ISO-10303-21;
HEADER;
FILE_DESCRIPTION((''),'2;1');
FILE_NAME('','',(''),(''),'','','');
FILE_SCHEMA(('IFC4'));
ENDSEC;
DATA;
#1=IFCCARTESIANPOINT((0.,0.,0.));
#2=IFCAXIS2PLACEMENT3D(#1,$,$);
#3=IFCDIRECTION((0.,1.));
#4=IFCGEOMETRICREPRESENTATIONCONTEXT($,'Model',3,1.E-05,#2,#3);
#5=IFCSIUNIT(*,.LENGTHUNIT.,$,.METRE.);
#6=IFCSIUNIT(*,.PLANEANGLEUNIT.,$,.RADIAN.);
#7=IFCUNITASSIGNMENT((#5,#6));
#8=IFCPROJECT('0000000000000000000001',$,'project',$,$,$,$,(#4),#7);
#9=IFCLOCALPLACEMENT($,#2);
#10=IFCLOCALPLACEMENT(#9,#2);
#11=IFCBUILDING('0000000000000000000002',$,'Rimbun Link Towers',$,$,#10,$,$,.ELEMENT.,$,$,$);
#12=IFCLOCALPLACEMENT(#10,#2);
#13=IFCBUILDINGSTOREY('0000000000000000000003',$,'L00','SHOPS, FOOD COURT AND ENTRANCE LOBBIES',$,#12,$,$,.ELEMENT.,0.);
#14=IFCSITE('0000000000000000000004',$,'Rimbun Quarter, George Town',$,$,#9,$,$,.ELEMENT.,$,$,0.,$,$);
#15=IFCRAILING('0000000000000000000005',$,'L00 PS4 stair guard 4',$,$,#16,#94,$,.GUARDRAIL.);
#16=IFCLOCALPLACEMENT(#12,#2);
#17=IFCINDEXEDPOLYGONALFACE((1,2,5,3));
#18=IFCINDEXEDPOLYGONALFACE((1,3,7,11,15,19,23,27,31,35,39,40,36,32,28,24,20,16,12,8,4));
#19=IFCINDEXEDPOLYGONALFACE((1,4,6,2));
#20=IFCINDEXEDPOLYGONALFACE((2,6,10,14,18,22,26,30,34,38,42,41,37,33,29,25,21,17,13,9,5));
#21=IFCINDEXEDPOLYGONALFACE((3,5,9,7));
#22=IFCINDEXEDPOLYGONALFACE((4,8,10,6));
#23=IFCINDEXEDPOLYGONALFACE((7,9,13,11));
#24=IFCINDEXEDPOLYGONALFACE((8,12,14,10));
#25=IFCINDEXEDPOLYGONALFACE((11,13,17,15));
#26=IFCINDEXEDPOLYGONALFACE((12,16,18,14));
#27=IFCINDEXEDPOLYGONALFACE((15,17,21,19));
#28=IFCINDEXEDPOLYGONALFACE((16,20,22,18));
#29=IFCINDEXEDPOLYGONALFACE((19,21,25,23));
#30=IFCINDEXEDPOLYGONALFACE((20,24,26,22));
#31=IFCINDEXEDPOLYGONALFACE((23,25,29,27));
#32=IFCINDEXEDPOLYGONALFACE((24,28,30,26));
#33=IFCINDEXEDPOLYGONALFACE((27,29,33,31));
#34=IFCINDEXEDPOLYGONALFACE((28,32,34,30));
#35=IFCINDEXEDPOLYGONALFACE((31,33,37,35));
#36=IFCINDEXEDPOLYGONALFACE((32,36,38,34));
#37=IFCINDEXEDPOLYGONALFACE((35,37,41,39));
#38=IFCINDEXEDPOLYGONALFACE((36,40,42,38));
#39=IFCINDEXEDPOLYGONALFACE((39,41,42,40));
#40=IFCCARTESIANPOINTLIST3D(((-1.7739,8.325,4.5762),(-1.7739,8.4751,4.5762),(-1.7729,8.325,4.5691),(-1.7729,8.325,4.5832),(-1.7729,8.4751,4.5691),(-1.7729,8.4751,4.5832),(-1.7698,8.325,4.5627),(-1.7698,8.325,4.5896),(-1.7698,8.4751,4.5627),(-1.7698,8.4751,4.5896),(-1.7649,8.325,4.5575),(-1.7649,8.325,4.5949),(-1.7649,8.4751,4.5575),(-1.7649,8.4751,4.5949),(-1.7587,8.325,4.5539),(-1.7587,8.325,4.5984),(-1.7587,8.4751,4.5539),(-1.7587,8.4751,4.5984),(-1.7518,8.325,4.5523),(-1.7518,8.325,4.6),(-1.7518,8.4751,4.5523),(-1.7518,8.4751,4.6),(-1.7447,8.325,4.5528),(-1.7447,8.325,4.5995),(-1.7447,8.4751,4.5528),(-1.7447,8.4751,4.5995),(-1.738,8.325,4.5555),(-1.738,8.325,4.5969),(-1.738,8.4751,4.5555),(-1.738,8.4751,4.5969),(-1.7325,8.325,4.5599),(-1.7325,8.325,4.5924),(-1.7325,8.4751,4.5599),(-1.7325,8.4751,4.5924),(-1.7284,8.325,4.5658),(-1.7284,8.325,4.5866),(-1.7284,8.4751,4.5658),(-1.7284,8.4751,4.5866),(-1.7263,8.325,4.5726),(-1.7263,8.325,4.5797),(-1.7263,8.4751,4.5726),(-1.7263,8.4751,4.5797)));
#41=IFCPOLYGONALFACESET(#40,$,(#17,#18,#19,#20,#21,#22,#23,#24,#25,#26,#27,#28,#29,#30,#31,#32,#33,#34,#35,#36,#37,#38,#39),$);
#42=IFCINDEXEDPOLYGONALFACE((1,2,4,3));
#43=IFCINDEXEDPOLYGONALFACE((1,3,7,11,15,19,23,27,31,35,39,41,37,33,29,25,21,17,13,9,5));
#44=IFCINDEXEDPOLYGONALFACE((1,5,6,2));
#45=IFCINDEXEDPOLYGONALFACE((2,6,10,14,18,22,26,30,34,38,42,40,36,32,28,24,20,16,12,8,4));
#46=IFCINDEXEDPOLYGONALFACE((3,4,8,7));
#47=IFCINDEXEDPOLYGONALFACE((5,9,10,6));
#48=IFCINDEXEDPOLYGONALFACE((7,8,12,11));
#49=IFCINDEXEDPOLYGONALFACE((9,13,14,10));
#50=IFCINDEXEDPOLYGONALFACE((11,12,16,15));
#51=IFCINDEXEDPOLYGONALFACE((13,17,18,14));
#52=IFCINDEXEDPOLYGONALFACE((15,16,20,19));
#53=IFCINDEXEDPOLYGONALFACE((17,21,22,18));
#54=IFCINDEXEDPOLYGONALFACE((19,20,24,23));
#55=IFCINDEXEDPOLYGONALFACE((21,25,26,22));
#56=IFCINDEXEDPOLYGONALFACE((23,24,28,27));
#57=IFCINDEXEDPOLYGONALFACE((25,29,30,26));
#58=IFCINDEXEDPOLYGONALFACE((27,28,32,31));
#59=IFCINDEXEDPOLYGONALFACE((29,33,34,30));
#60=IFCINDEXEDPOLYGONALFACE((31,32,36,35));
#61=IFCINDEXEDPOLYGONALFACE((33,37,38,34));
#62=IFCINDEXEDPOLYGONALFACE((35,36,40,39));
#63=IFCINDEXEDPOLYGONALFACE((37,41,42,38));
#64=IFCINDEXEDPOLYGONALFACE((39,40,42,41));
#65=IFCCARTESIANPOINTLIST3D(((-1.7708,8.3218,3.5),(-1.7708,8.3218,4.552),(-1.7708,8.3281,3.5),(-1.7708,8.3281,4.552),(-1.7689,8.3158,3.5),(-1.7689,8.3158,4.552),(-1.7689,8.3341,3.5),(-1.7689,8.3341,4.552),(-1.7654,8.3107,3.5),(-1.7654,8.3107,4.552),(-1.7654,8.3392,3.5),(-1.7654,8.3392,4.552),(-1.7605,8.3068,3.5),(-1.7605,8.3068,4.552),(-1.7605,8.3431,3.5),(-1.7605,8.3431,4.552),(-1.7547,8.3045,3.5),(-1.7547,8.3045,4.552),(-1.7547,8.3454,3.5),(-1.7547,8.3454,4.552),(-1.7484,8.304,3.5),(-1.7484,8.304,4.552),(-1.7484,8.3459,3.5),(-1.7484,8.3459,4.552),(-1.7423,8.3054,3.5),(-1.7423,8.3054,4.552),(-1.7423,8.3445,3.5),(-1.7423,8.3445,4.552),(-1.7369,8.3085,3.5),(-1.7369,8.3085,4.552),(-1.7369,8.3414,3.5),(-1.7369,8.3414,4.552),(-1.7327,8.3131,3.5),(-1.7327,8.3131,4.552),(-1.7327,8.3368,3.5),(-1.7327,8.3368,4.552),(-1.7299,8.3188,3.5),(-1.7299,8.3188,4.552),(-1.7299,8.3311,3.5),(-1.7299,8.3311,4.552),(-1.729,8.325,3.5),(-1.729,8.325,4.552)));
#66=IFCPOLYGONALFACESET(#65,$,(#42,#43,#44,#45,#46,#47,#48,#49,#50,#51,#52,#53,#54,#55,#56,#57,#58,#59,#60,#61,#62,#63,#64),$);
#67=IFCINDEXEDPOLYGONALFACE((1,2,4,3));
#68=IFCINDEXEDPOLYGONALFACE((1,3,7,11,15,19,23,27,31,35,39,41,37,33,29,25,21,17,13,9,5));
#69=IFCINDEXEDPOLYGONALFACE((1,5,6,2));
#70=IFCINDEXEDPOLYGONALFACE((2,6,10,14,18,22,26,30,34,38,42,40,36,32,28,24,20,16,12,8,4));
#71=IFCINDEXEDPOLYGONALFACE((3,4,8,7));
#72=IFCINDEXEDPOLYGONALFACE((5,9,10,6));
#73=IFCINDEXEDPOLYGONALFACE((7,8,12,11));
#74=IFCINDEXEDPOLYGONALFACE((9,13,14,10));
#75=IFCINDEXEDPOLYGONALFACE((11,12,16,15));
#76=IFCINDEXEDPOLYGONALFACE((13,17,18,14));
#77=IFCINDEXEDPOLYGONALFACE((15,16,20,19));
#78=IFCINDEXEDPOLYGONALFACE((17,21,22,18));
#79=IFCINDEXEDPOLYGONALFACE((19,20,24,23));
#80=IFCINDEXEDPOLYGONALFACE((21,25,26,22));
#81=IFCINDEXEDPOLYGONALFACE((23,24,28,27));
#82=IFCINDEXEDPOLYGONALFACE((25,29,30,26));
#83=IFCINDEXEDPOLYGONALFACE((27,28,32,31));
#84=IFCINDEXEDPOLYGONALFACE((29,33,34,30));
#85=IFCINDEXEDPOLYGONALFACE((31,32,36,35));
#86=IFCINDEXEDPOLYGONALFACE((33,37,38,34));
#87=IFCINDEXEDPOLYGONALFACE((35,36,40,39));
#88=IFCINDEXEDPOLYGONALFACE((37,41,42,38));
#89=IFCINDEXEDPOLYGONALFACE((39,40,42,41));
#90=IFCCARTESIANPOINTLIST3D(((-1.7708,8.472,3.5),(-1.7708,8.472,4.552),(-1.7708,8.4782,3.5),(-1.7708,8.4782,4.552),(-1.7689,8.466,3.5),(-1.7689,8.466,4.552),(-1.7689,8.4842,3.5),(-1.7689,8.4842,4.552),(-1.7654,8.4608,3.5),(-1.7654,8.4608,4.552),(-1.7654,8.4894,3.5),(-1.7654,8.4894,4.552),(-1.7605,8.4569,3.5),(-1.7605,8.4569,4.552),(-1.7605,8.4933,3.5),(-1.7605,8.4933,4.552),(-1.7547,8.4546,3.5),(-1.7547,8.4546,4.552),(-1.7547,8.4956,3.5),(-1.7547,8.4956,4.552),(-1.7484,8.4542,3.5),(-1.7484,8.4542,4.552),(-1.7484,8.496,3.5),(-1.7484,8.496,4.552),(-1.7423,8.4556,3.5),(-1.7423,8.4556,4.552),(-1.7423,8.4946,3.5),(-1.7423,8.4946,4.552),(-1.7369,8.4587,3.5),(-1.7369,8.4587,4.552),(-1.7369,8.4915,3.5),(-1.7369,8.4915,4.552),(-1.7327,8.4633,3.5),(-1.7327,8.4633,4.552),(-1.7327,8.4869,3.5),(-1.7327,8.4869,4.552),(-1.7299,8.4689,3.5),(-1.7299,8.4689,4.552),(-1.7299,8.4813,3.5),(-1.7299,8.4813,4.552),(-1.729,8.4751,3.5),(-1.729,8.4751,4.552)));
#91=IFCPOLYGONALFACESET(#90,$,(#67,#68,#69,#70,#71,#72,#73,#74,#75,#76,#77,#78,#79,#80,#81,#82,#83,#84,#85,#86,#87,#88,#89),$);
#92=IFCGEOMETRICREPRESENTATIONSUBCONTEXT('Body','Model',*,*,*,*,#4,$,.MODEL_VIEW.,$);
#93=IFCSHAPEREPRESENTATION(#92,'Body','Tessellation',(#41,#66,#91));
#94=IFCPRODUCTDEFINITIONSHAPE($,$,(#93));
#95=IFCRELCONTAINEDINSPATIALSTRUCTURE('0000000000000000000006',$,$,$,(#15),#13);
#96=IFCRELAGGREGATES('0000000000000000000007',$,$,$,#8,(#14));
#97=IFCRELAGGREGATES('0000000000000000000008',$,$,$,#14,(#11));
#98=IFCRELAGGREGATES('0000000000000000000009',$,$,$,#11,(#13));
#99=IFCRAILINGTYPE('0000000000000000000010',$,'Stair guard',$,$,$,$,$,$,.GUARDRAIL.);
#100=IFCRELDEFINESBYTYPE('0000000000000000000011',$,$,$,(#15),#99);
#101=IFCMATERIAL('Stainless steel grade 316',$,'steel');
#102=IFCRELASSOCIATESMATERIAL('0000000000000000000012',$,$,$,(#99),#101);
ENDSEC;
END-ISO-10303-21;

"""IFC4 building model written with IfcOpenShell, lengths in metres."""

from ifc_helpers import new_model, si_unit, direction, frame, origin, origin_2d, place, context, subcontext, project, spatial, circle, extrude, material, type_object, element, save


model = new_model("IFC4")

# Units and contexts
model_context = context("Model", 3, precision=1e-05, world=origin(), true_north=direction((0.0, 1.0)))
body_context = subcontext(model_context, "Body", "Model", "MODEL_VIEW")
ifc_project = project(units=[si_unit("LENGTHUNIT", "METRE"), si_unit("PLANEANGLEUNIT", "RADIAN")], contexts=[model_context])

# Site, building, storey
site_placement = place(None, origin())
site = spatial("IfcSite", under=ifc_project, at=site_placement, Name="Rimbun Quarter, George Town", CompositionType="ELEMENT", RefElevation=0.0)
building_placement = place(site_placement, origin())
building = spatial("IfcBuilding", under=site, at=building_placement, Name="Rimbun Link Towers", CompositionType="ELEMENT")
storey_placement = place(building_placement, origin())
storey = spatial("IfcBuildingStorey", under=building, at=storey_placement, Name="L00", Description="SHOPS, FOOD COURT AND ENTRANCE LOBBIES", CompositionType="ELEMENT", Elevation=0.0)

# Railing
ifc_material_1 = material(Name="Stainless steel grade 316", Category="steel")
railing_type_1 = type_object("IfcRailingType", Name="Stair guard", PredefinedType="GUARDRAIL", material=ifc_material_1)
railing_1_placement = place(storey_placement, frame((-1.75, 8.325, 3.5)))
element("IfcRailing", 1, at=railing_1_placement, inside=storey, type_object=railing_type_1, Name="L00 PS4 stair guard 4", PredefinedType="GUARDRAIL", context=body_context, shape_type="SweptSolid", body=[
    extrude(circle(Radius=0.0239, at=origin_2d()), frame((0.0, 0.0, 1.0762), z_axis=(0.0, 1.0, 0.0), x_axis=(-1.0, 0.0, 0.0)), (0.0, 0.0, 1.0), 0.1501),
    extrude(circle(Radius=0.021, at=origin_2d()), origin(), (0.0, 0.0, 1.0), 1.052),
    extrude(circle(Radius=0.021, at=origin_2d()), frame((0.0, 0.1501, 0.0)), (0.0, 0.0, 1.0), 1.052),
])

save(model, "model.ifc")
